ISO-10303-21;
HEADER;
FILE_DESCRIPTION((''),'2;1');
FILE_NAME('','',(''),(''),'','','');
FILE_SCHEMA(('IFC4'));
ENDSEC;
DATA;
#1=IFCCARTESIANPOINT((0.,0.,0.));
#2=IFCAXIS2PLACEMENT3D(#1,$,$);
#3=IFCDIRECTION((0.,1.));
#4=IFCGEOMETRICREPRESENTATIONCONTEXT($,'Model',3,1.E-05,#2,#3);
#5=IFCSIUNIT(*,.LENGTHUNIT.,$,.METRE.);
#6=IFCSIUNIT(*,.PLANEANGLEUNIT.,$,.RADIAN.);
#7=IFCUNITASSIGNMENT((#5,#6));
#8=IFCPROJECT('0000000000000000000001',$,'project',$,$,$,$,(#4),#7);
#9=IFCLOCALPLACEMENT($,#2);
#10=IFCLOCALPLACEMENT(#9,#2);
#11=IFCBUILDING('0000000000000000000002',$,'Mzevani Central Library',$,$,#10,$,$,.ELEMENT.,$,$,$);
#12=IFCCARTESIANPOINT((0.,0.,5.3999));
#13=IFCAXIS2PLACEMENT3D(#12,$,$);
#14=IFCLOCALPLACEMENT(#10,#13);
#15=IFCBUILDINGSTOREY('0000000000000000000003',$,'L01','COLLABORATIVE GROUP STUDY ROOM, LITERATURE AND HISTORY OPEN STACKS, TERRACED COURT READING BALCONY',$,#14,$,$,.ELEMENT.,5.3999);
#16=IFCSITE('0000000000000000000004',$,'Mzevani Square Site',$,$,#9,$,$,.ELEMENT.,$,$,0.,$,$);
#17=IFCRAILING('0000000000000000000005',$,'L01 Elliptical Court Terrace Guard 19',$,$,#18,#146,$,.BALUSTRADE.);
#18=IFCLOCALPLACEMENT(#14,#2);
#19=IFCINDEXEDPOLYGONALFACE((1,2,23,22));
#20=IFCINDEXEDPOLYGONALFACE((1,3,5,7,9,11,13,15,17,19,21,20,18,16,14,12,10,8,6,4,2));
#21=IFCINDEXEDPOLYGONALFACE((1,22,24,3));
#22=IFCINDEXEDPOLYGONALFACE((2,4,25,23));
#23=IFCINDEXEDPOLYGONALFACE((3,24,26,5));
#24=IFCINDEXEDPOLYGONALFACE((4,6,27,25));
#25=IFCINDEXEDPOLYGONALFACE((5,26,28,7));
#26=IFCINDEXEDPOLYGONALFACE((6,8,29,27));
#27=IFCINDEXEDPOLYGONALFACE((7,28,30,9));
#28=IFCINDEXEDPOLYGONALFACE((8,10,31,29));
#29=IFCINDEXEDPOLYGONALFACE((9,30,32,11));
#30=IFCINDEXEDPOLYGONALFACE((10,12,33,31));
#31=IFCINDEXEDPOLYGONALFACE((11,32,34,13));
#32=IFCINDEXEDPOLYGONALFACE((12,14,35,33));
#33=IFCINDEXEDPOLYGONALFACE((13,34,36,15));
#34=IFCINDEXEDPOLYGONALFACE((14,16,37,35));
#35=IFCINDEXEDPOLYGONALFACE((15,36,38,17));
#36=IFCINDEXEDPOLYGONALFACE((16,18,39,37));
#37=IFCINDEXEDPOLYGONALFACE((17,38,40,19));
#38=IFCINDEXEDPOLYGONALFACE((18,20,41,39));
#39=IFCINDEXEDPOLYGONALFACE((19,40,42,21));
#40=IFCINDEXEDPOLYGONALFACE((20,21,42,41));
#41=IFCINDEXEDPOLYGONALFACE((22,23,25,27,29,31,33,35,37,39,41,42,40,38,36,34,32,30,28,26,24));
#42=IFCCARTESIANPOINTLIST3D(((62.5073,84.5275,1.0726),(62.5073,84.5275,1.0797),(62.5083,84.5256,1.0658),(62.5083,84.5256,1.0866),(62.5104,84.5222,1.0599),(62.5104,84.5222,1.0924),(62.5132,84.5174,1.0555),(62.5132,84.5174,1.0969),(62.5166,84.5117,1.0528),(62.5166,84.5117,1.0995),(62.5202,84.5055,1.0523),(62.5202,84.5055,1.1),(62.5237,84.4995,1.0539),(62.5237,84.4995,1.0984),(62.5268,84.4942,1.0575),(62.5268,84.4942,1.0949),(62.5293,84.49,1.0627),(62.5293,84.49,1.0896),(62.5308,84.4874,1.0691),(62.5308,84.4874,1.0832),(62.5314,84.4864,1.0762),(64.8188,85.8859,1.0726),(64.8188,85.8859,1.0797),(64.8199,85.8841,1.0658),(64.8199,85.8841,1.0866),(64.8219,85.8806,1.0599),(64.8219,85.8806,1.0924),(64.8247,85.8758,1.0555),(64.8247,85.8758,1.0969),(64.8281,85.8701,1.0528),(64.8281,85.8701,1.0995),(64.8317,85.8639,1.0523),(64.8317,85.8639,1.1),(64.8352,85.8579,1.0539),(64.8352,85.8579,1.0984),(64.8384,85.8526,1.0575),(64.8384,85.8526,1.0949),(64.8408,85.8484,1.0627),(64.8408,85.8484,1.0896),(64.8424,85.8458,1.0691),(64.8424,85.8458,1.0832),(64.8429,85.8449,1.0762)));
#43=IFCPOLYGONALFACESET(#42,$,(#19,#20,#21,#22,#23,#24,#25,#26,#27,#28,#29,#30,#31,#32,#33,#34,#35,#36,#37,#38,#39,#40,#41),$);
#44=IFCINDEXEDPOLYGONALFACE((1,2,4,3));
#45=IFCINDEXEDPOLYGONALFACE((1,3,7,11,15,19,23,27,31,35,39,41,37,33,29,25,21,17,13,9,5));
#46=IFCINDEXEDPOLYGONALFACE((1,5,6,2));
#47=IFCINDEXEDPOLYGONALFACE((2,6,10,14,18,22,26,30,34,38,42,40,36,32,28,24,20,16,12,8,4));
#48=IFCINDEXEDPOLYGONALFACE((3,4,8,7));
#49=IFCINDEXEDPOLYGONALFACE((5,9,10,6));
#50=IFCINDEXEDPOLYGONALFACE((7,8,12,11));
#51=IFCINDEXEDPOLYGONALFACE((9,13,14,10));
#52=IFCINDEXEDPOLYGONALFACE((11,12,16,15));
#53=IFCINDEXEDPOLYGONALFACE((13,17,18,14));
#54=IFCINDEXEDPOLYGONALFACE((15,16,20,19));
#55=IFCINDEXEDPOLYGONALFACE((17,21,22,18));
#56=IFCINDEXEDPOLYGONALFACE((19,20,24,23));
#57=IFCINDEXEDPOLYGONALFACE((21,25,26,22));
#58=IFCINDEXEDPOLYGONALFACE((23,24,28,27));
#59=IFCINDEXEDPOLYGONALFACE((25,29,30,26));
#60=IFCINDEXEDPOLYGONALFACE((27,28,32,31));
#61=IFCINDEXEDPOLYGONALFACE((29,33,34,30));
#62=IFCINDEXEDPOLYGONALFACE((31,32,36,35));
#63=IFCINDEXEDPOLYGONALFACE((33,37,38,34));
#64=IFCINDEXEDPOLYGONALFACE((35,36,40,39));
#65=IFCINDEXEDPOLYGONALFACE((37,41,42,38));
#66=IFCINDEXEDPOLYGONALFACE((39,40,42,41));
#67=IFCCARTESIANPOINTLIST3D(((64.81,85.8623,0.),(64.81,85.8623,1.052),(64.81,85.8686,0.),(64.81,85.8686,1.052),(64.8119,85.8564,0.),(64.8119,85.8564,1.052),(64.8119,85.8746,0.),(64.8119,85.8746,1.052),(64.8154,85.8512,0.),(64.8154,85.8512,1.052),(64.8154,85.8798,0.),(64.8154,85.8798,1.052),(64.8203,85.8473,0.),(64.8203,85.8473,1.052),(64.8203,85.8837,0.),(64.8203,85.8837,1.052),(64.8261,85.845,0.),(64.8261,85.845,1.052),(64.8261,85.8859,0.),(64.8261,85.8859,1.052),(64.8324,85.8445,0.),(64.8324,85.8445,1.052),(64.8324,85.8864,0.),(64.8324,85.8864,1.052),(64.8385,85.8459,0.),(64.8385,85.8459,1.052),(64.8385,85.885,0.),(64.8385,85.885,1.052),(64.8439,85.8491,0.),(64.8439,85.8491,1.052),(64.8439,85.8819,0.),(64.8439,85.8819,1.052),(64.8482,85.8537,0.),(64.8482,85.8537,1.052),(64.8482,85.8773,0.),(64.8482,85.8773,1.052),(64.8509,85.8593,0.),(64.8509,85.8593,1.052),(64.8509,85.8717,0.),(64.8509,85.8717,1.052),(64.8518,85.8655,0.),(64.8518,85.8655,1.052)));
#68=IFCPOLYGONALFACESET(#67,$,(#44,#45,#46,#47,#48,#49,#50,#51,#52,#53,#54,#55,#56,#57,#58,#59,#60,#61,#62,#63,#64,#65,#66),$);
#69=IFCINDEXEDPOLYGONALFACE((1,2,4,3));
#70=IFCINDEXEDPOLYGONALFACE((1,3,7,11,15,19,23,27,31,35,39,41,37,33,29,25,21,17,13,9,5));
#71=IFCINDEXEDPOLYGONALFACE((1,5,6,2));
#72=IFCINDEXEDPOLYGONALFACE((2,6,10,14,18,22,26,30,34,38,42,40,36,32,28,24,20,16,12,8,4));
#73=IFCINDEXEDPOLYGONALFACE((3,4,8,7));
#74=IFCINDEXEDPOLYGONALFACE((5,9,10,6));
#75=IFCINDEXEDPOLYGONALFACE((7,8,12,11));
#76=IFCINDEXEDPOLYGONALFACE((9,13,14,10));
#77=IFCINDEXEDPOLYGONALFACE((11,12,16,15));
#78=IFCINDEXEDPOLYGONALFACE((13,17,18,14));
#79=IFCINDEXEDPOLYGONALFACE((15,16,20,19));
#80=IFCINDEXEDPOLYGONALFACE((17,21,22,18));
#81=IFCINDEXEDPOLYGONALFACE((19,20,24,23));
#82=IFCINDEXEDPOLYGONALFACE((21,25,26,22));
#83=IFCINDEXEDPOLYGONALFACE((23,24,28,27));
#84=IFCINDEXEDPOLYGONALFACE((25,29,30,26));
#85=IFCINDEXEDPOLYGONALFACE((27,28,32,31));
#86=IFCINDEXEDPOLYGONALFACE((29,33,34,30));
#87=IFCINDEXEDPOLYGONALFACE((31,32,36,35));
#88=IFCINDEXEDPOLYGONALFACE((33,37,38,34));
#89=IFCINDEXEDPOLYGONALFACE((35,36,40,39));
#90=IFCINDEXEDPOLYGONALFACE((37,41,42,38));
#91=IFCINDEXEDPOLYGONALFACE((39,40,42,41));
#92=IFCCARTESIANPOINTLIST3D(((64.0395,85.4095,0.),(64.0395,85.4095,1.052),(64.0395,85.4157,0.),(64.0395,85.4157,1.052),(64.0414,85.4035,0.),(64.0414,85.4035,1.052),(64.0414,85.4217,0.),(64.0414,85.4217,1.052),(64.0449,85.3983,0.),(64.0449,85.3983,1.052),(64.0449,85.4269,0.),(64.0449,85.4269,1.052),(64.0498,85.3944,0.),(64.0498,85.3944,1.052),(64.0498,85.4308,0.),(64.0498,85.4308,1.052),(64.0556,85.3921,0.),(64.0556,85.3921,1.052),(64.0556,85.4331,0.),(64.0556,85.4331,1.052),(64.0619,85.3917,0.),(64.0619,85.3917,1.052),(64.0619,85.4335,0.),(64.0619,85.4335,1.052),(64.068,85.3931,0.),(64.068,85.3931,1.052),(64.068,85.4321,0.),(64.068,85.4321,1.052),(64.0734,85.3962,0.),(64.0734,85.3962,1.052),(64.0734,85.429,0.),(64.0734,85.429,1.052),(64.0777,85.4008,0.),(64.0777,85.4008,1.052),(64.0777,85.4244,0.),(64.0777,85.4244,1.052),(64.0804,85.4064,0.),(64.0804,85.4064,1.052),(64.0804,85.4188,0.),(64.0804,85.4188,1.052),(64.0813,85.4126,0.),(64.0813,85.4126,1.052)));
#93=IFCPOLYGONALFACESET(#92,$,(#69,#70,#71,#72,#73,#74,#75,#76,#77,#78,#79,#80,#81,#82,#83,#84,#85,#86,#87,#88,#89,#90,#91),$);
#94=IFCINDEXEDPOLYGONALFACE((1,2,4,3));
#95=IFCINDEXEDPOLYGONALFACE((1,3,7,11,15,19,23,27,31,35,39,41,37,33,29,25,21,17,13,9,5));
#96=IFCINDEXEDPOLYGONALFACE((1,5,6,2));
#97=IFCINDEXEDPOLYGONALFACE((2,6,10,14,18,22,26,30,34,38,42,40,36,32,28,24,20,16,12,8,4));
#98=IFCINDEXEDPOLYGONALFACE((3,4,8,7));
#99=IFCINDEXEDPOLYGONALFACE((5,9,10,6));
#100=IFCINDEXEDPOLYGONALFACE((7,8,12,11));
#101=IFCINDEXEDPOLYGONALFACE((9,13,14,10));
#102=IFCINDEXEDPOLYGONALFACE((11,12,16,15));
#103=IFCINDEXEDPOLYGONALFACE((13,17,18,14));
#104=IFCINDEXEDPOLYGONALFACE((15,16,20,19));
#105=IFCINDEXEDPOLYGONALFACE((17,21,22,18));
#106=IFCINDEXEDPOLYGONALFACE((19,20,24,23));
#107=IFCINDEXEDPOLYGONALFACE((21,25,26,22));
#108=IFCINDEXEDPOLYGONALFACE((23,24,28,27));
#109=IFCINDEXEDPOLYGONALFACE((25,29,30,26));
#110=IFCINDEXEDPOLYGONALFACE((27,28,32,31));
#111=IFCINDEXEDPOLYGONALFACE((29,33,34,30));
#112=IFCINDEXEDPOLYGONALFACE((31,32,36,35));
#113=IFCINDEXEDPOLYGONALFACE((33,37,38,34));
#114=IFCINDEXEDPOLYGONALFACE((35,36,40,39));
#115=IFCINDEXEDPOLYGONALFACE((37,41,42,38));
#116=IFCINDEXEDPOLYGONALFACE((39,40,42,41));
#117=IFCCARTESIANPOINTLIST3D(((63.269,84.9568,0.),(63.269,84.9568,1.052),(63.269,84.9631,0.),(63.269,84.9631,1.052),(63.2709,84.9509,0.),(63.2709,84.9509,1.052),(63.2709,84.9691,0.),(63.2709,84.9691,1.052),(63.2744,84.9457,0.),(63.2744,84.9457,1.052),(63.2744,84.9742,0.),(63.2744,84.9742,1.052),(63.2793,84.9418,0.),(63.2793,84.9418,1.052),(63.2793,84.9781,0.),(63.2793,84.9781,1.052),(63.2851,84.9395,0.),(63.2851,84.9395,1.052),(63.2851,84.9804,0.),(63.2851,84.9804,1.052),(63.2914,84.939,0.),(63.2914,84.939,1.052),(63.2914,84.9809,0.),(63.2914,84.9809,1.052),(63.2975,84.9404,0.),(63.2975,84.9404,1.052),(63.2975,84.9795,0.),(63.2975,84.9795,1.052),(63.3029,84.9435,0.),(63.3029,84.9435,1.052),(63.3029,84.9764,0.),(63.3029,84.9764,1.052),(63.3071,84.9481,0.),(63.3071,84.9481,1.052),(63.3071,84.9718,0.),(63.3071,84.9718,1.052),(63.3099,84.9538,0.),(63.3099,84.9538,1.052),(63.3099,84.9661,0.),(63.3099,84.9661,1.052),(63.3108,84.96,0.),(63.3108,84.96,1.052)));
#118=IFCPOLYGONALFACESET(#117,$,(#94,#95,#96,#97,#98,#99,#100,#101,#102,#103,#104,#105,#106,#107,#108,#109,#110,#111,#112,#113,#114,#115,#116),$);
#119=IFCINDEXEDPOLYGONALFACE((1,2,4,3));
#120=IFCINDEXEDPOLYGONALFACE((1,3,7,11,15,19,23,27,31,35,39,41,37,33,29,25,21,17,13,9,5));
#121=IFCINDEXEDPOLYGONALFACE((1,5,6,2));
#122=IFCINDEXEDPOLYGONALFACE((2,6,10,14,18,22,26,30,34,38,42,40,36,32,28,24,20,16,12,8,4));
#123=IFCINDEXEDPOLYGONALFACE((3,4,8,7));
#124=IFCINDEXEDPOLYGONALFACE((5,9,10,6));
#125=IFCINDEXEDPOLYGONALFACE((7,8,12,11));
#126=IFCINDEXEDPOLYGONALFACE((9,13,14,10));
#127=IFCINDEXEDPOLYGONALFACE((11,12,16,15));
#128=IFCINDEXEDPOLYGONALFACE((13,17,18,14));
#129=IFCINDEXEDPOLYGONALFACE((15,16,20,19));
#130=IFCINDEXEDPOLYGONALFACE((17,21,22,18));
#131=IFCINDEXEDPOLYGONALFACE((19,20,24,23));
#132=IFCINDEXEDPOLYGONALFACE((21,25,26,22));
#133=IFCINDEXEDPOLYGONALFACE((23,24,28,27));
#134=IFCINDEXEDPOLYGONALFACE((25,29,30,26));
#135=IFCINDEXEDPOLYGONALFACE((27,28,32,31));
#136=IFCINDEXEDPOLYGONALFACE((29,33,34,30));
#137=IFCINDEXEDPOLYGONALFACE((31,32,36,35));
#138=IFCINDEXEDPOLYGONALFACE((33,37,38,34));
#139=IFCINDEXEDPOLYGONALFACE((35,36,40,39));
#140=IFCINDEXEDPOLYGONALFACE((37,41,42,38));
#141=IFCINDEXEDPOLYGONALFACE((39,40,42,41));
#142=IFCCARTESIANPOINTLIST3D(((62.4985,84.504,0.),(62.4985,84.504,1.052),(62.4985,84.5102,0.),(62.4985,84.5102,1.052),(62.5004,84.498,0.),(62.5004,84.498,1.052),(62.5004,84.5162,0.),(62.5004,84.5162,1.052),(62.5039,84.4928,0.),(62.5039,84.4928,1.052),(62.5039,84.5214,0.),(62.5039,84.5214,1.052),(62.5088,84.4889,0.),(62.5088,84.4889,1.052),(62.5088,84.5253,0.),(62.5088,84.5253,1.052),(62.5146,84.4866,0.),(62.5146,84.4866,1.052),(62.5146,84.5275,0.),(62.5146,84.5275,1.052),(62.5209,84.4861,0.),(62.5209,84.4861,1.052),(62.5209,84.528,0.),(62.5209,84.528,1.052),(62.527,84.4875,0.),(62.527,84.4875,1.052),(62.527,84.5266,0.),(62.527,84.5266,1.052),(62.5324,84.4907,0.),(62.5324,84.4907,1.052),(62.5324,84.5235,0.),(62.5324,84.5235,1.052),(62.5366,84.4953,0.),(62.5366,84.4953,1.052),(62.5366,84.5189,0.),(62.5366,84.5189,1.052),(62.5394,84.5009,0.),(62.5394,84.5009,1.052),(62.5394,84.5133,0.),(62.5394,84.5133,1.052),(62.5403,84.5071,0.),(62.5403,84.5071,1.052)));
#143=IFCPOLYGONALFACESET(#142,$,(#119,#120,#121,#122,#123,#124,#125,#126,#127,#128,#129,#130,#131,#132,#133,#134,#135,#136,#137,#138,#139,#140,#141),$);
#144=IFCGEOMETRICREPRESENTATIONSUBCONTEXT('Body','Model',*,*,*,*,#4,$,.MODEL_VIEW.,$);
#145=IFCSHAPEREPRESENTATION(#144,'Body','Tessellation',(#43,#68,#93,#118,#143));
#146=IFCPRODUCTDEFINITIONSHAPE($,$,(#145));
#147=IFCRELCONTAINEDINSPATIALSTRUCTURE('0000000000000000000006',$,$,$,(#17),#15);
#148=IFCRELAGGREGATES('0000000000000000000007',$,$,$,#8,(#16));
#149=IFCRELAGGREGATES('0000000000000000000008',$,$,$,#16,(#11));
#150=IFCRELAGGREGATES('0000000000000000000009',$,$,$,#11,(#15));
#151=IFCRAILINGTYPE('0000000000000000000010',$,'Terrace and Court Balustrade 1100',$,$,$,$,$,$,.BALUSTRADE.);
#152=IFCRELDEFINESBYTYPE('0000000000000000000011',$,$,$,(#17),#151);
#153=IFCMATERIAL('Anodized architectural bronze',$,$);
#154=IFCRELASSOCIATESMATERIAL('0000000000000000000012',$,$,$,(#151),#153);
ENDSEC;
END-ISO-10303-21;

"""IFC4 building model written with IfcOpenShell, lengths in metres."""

from ifc_helpers import new_model, si_unit, direction, frame, origin, origin_2d, place, context, subcontext, project, spatial, circle, extrude, material, type_object, element, save


model = new_model("IFC4")

# Units and contexts
model_context = context("Model", 3, precision=1e-05, world=origin(), true_north=direction((0.0, 1.0)))
body_context = subcontext(model_context, "Body", "Model", "MODEL_VIEW")
ifc_project = project(units=[si_unit("LENGTHUNIT", "METRE"), si_unit("PLANEANGLEUNIT", "RADIAN")], contexts=[model_context])

# Site, building, storey
site_placement = place(None, origin())
site = spatial("IfcSite", under=ifc_project, at=site_placement, Name="Mzevani Square Site", CompositionType="ELEMENT", RefElevation=0.0)
building_placement = place(site_placement, origin())
building = spatial("IfcBuilding", under=site, at=building_placement, Name="Mzevani Central Library", CompositionType="ELEMENT")
storey_placement = place(building_placement, frame((0.0, 0.0, 5.3999)))
storey = spatial("IfcBuildingStorey", under=building, at=storey_placement, Name="L01", Description="COLLABORATIVE GROUP STUDY ROOM, LITERATURE AND HISTORY OPEN STACKS, TERRACED COURT READING BALCONY", CompositionType="ELEMENT", Elevation=5.3999)

# Railing
ifc_material_1 = material(Name="Anodized architectural bronze")
railing_type = type_object("IfcRailingType", Name="Terrace and Court Balustrade 1100", PredefinedType="BALUSTRADE", material=ifc_material_1)
railing_placement = place(storey_placement, frame((64.8308, 85.8655, 0.0)))
element("IfcRailing", 1, at=railing_placement, inside=storey, type_object=railing_type, Name="L01 Elliptical Court Terrace Guard 19", PredefinedType="BALUSTRADE", context=body_context, shape_type="SweptSolid", body=[
    extrude(circle(Radius=0.0239, at=origin_2d()), frame((0.0, 0.0, 1.0762), z_axis=(-0.862149, -0.506654, 0.0), x_axis=(0.506654, -0.862149, 0.0)), (0.0, 0.0, 1.0), 2.6812),
    extrude(circle(Radius=0.021, at=origin_2d()), origin(), (0.0, 0.0, 1.0), 1.052),
    extrude(circle(Radius=0.021, at=origin_2d()), frame((-0.7705, -0.4529, 0.0)), (0.0, 0.0, 1.0), 1.052),
    extrude(circle(Radius=0.021, at=origin_2d()), frame((-1.541, -0.9055, 0.0)), (0.0, 0.0, 1.0), 1.052),
    extrude(circle(Radius=0.021, at=origin_2d()), frame((-2.3115, -1.3584, 0.0)), (0.0, 0.0, 1.0), 1.052),
])

save(model, "model.ifc")
